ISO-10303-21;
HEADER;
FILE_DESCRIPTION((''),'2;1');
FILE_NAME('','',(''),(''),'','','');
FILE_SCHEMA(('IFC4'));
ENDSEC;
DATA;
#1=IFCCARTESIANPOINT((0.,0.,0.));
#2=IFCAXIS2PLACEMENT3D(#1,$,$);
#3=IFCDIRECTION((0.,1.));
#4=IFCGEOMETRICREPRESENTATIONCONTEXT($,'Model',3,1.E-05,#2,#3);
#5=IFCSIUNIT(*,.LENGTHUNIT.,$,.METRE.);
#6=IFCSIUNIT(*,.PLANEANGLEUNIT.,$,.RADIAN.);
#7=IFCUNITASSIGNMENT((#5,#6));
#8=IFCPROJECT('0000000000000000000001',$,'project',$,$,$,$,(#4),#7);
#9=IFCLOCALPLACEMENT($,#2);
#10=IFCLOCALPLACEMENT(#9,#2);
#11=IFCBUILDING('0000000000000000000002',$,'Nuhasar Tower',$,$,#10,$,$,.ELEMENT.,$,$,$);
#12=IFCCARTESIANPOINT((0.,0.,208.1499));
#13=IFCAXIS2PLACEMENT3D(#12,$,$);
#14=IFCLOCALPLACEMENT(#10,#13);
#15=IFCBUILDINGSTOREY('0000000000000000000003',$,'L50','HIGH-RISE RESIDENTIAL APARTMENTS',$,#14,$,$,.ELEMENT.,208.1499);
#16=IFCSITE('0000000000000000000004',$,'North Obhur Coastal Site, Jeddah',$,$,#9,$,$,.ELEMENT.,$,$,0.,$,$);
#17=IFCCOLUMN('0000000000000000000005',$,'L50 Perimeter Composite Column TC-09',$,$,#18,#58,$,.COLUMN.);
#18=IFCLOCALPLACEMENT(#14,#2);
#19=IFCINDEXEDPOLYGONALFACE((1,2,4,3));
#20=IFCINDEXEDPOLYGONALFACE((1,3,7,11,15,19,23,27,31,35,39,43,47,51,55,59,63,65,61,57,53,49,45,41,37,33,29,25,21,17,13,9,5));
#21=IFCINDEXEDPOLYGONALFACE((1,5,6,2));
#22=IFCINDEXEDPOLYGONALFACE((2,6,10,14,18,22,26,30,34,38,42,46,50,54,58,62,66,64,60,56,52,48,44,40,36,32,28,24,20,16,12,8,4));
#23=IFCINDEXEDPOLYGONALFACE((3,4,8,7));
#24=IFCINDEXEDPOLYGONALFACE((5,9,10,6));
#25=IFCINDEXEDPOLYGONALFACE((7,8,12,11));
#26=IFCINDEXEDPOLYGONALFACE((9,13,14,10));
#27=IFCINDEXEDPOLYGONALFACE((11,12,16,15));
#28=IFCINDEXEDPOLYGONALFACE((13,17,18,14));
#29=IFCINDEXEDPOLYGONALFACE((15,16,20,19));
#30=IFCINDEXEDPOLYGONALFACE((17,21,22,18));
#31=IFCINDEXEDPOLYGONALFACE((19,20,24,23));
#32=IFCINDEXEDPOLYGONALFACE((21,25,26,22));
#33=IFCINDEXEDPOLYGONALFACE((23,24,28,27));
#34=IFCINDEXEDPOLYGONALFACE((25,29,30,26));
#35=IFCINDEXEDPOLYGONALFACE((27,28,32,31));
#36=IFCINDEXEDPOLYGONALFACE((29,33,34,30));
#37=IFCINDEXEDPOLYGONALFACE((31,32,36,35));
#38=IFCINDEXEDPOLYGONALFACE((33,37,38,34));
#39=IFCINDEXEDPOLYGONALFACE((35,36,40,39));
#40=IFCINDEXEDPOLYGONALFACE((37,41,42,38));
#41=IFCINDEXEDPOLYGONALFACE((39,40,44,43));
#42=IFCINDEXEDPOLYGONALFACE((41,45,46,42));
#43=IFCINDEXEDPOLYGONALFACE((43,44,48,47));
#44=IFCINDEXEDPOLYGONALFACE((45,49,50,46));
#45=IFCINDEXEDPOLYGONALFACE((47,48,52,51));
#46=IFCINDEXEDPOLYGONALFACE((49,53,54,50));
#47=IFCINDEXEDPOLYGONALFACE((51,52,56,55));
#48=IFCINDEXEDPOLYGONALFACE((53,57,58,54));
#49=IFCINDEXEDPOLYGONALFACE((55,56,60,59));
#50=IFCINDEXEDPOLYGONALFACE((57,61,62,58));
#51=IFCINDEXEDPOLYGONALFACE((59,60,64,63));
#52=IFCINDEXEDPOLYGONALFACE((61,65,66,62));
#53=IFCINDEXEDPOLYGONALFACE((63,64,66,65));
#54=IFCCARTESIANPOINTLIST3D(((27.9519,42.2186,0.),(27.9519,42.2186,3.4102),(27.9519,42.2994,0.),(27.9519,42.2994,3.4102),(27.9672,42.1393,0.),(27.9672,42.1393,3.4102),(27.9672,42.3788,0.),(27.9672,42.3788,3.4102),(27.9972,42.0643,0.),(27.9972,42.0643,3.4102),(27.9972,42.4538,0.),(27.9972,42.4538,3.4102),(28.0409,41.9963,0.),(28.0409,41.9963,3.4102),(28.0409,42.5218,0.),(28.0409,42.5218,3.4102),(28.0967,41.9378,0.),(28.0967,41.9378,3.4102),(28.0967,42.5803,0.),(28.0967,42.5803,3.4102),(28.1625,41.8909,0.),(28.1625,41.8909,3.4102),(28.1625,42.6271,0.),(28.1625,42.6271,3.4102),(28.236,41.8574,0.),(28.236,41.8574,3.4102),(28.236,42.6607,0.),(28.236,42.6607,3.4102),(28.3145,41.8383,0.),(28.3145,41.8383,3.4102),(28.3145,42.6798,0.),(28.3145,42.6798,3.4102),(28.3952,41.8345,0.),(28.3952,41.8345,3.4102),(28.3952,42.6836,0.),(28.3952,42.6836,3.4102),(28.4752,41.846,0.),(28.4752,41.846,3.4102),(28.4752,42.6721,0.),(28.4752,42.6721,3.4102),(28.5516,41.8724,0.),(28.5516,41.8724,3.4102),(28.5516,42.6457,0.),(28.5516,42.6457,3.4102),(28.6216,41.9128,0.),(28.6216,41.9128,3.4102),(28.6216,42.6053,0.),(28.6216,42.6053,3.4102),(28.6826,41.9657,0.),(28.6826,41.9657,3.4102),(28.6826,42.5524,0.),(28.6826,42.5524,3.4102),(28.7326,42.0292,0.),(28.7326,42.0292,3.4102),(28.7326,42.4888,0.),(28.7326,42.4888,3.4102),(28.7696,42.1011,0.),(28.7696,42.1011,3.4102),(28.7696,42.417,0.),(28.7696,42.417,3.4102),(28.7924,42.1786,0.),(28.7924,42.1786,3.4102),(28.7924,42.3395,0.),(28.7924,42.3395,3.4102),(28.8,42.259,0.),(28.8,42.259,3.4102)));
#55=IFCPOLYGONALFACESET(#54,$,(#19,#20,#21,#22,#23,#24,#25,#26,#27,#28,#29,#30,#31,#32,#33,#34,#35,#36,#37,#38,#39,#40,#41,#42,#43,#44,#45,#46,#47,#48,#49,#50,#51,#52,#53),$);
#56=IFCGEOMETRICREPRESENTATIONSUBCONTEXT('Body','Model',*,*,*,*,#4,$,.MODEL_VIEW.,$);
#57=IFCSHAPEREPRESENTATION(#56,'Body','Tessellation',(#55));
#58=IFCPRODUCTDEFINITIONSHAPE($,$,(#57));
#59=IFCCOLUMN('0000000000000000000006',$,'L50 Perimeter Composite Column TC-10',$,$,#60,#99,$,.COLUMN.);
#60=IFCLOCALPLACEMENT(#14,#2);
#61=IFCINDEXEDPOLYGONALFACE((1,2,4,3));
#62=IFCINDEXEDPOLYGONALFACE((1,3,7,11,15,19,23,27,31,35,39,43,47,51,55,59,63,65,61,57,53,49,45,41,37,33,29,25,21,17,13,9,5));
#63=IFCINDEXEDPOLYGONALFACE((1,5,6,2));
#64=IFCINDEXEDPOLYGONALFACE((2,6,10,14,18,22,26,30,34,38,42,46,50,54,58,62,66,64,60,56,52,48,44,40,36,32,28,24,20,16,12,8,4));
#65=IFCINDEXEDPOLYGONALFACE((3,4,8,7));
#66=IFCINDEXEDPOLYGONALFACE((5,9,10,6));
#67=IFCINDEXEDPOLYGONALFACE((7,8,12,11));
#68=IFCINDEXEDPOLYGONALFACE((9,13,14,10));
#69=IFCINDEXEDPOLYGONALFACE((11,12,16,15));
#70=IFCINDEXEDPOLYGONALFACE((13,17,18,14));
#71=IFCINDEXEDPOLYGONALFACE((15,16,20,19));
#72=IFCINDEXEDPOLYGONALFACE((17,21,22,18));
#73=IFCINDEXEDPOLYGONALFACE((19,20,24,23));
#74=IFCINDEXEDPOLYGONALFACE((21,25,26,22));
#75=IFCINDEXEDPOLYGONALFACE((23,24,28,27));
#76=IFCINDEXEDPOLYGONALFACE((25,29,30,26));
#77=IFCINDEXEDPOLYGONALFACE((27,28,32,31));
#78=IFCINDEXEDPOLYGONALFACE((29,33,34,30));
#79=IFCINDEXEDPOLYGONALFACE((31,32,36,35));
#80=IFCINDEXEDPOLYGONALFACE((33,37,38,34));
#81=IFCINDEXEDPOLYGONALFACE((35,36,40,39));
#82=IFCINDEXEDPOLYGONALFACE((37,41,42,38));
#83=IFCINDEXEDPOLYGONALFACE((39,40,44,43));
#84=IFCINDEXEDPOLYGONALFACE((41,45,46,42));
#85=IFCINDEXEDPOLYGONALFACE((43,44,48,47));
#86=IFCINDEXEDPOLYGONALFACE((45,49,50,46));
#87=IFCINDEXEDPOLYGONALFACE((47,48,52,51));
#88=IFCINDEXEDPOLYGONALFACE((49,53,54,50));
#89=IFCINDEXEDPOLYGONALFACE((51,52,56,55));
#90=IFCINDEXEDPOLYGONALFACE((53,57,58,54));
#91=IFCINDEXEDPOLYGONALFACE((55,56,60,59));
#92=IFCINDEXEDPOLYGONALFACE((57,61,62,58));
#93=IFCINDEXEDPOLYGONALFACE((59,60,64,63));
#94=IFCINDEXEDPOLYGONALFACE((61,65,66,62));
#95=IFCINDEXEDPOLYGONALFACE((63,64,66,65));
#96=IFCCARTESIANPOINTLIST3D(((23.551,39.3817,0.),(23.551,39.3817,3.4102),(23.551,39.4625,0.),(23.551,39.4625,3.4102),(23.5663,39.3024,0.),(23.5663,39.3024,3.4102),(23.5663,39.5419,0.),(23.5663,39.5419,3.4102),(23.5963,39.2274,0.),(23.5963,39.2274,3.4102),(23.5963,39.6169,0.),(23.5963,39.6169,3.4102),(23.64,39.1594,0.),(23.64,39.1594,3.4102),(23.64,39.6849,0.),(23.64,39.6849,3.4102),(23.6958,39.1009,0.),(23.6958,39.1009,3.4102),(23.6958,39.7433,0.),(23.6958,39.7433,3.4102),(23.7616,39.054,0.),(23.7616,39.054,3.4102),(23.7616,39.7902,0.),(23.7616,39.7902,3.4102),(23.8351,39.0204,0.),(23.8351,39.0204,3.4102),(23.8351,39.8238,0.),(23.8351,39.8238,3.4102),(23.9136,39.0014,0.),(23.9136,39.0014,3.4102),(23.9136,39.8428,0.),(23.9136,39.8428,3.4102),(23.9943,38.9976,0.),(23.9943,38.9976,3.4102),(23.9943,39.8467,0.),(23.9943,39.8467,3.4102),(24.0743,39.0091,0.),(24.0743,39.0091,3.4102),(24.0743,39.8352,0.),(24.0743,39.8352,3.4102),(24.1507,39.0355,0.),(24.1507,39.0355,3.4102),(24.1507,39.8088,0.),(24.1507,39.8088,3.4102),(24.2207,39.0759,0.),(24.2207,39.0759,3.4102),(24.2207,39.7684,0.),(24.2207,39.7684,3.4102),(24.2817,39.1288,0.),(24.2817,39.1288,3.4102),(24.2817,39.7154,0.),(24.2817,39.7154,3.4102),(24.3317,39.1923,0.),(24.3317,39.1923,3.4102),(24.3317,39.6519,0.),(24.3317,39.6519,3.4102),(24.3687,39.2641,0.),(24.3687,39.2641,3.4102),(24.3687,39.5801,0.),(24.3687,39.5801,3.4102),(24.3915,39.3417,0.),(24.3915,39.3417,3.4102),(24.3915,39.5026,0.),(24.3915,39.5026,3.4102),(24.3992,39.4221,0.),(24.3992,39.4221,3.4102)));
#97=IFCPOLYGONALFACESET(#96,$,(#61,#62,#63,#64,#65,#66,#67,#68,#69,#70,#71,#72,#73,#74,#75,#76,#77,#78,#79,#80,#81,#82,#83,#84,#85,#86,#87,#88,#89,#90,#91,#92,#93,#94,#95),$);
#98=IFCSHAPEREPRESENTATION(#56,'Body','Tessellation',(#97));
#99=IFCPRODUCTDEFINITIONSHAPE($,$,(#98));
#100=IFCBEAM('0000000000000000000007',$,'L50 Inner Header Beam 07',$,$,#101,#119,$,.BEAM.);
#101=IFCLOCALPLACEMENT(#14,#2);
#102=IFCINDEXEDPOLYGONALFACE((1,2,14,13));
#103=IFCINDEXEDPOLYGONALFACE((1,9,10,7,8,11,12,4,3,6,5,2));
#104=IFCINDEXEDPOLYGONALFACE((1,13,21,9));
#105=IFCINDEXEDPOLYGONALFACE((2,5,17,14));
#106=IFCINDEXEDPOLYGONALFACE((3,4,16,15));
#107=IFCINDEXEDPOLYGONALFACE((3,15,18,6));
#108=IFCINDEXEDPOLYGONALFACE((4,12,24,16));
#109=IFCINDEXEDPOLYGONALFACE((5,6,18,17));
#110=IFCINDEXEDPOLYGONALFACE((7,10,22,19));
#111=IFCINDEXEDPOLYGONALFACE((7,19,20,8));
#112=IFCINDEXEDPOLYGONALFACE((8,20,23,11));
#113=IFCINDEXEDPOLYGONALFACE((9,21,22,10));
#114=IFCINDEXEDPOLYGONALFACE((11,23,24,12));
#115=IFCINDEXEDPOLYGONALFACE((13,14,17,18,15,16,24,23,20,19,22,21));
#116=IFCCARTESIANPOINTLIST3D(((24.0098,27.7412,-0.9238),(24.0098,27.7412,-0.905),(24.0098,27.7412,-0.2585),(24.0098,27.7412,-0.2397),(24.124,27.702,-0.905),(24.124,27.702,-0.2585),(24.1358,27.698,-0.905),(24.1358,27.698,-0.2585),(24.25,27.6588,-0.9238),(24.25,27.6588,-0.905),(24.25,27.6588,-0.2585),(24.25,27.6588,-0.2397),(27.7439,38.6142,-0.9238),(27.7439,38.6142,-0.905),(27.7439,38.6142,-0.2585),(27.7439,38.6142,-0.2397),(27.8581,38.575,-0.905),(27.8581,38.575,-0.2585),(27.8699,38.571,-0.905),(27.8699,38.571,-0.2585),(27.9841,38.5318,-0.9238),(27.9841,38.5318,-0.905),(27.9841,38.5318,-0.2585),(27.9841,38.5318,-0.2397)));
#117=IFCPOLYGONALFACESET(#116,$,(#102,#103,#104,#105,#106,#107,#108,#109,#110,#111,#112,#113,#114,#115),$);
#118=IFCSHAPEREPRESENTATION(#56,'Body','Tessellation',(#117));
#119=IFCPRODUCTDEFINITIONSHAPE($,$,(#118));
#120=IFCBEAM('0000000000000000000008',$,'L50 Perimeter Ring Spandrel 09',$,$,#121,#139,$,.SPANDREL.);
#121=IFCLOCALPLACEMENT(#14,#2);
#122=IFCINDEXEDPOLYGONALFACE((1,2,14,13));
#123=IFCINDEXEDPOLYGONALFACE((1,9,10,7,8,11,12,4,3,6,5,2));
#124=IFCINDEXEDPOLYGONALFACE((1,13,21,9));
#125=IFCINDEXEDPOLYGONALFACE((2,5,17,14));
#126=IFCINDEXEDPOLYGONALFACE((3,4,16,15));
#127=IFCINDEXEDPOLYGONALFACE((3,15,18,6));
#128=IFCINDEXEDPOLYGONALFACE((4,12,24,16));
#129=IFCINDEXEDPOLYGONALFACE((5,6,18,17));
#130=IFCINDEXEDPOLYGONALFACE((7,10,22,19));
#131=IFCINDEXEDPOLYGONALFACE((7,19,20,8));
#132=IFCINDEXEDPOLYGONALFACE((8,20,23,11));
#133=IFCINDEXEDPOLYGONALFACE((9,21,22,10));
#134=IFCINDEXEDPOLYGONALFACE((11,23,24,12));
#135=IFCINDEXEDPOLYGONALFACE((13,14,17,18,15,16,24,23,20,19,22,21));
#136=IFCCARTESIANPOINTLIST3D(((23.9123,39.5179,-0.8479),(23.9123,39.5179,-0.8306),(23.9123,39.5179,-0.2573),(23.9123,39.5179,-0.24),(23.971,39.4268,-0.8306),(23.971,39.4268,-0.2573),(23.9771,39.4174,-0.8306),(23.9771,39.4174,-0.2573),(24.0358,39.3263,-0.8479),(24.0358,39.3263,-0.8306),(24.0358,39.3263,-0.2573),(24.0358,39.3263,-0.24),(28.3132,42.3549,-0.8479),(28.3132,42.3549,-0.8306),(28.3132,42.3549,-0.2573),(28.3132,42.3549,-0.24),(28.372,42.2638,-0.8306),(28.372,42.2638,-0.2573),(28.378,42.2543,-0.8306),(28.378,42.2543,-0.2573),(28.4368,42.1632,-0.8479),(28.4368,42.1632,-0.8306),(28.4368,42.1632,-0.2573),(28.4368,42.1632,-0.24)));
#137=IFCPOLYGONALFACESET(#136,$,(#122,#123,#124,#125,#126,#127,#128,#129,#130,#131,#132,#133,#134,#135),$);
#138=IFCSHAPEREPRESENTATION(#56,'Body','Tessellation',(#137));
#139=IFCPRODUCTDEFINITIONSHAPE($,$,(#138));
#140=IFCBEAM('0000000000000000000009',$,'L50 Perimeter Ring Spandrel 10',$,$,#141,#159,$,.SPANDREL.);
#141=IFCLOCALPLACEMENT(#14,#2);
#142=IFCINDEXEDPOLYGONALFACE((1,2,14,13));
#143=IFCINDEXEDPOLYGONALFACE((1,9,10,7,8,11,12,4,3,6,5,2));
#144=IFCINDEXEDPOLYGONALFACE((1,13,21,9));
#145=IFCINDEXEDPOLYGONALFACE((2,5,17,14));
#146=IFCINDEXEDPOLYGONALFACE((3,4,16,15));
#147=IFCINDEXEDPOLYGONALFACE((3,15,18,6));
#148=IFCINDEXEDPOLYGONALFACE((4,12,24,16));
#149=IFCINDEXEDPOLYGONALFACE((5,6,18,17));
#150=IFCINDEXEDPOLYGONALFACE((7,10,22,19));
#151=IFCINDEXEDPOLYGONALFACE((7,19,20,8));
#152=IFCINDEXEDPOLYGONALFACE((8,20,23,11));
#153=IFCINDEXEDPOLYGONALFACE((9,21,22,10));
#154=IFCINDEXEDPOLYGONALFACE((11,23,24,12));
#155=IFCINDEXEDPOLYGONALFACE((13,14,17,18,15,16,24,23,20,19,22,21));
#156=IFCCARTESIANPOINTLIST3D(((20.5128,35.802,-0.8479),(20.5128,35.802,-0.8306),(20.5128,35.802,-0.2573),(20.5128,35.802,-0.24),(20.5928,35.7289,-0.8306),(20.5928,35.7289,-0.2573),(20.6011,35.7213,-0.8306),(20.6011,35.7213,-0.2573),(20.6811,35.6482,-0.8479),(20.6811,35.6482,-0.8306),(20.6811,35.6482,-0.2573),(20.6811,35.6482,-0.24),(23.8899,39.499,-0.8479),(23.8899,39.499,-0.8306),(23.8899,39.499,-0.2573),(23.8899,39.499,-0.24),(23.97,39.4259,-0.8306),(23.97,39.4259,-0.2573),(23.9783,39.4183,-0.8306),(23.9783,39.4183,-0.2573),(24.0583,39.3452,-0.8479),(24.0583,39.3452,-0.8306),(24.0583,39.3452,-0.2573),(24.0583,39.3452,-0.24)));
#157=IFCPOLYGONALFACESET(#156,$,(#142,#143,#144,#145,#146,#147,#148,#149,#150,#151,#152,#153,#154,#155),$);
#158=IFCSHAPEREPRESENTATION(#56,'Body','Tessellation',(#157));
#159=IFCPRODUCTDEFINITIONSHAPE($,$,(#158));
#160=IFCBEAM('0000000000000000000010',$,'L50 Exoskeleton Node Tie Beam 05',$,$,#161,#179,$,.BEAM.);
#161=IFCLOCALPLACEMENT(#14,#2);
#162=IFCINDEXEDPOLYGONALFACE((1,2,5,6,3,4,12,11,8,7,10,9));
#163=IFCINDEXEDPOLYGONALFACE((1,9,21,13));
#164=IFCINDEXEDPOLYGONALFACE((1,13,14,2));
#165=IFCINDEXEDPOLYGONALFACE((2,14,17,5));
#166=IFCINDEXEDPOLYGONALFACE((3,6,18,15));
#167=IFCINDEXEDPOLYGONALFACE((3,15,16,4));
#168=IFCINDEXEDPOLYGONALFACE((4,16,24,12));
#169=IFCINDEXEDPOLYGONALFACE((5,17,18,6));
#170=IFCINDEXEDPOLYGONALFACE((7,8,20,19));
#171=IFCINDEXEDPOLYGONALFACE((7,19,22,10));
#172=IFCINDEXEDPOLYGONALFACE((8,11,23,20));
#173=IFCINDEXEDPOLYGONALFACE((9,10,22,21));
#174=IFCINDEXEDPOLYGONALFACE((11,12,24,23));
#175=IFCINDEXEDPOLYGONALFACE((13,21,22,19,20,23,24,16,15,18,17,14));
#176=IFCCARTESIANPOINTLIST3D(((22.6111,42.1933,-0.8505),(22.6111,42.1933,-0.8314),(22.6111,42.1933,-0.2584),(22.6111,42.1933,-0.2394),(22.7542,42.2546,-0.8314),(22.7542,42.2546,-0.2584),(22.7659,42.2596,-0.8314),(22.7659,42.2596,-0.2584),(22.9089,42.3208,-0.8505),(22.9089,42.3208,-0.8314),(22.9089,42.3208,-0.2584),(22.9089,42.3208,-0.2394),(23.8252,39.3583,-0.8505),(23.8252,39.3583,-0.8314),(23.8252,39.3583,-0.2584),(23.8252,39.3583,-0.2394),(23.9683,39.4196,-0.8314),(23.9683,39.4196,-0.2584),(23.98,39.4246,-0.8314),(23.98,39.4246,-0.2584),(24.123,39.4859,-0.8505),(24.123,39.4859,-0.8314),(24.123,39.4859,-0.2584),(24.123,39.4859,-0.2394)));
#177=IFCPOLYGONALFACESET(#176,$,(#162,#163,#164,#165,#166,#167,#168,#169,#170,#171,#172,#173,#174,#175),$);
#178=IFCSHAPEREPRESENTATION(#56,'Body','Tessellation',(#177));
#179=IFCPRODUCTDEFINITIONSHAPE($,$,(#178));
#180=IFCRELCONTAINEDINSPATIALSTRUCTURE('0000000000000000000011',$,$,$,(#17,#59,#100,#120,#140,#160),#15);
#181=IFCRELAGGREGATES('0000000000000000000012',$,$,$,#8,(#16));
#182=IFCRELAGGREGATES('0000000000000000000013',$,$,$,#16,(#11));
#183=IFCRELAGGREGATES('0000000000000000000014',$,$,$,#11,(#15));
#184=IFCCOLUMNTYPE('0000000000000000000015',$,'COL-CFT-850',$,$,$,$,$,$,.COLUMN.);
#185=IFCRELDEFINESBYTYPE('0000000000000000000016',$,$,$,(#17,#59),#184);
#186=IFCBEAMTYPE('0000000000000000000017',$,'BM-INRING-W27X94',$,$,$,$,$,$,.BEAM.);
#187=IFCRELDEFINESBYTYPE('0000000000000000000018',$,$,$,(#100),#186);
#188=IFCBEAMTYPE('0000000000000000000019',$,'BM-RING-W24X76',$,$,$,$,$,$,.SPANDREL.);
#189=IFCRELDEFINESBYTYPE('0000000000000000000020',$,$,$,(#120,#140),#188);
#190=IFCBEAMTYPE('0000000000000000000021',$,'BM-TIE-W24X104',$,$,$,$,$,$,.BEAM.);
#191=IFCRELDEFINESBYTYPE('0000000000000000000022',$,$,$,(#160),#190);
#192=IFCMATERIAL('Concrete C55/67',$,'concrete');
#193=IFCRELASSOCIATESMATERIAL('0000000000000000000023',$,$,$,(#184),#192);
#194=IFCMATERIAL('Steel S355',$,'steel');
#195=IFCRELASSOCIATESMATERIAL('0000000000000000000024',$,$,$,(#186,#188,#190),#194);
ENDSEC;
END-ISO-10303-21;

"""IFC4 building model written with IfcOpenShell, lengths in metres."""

from ifc_helpers import new_model, si_unit, direction, frame, origin, origin_2d, place, context, subcontext, project, spatial, circle, i_section, extrude, material, material_profile, profile_set, type_object, element, save


model = new_model("IFC4")

# Units and contexts
model_context = context("Model", 3, precision=1e-05, world=origin(), true_north=direction((0.0, 1.0)))
body_context = subcontext(model_context, "Body", "Model", "MODEL_VIEW")
ifc_project = project(units=[si_unit("LENGTHUNIT", "METRE"), si_unit("PLANEANGLEUNIT", "RADIAN")], contexts=[model_context])

# Site, building, storey
site_placement = place(None, origin())
site = spatial("IfcSite", under=ifc_project, at=site_placement, Name="North Obhur Coastal Site, Jeddah", CompositionType="ELEMENT", RefElevation=0.0)
building_placement = place(site_placement, origin())
building = spatial("IfcBuilding", under=site, at=building_placement, Name="Nuhasar Tower", CompositionType="ELEMENT")
storey_placement = place(building_placement, frame((0.0, 0.0, 208.1499)))
storey = spatial("IfcBuildingStorey", under=building, at=storey_placement, Name="L50", Description="HIGH-RISE RESIDENTIAL APARTMENTS", CompositionType="ELEMENT", Elevation=208.1499)

# Columns
ifc_material_1 = material(Name="Concrete C55/67", Category="concrete")
ifc_material_profile_1 = material_profile(ifc_material_1, circle(Radius=0.425, at=origin_2d()), Name="CFT850")
ifc_profile_set_1 = profile_set([ifc_material_profile_1], Name="Concrete C55/67")
column_type = type_object("IfcColumnType", Name="COL-CFT-850", PredefinedType="COLUMN", material=ifc_profile_set_1)
for number, where, z_axis, x_axis, name in (
    (1, (28.375, 42.259, 0.0), (0.0, 0.0, 1.0), (1.0, 0.0, 0.0), "L50 Perimeter Composite Column TC-09"),
    (2, (23.9741, 39.4221, 0.0), (0.0, 0.0, 1.0), (1.0, 0.0, 0.0), "L50 Perimeter Composite Column TC-10"),
):
    element("IfcColumn", number, at=place(storey_placement, frame(where, z_axis=z_axis, x_axis=x_axis)), inside=storey, type_object=column_type, Name=name, PredefinedType="COLUMN", context=body_context, shape_type="SweptSolid", body=[
        extrude(circle(Radius=0.425, at=origin_2d()), origin(), (0.0, 0.0, 1.0), 3.4102),
    ])

# Beams
ifc_material_2 = material(Name="Steel S355", Category="steel")
ifc_material_profile_2 = material_profile(ifc_material_2, i_section(OverallWidth=0.2539, OverallDepth=0.6841, WebThickness=0.0125, FlangeThickness=0.0188, at=origin_2d()), Name="W27X94")
ifc_profile_set_2 = profile_set([ifc_material_profile_2], Name="Steel S355")
beam_type_1 = type_object("IfcBeamType", Name="BM-INRING-W27X94", PredefinedType="BEAM", material=ifc_profile_set_2)
beam_1_placement = place(storey_placement, frame((27.864, 38.573, -0.5818), z_axis=(-0.324809, -0.94578, 0.0), x_axis=(0.94578, -0.324809, 0.0)))
element("IfcBeam", 3, at=beam_1_placement, inside=storey, type_object=beam_type_1, Name="L50 Inner Header Beam 07", PredefinedType="BEAM", context=body_context, shape_type="SweptSolid", body=[
    extrude(i_section(OverallWidth=0.2539, OverallDepth=0.6841, WebThickness=0.0125, FlangeThickness=0.0188, at=origin_2d()), origin(), (0.0, 0.0, 1.0), 11.4963),
])
ifc_material_profile_3 = material_profile(ifc_material_2, i_section(OverallWidth=0.228, OverallDepth=0.6079, WebThickness=0.0112, FlangeThickness=0.0173, at=origin_2d()), Name="W24X76")
ifc_profile_set_3 = profile_set([ifc_material_profile_3], Name="Steel S355")
beam_type_2 = type_object("IfcBeamType", Name="BM-RING-W24X76", PredefinedType="SPANDREL", material=ifc_profile_set_3)
beam_2_placement = place(storey_placement, frame((28.375, 42.259, -0.5439), z_axis=(-0.840502, -0.541808, 0.0), x_axis=(0.541808, -0.840502, 0.0)))
element("IfcBeam", 4, at=beam_2_placement, inside=storey, type_object=beam_type_2, Name="L50 Perimeter Ring Spandrel 09", PredefinedType="SPANDREL", context=body_context, shape_type="SweptSolid", body=[
    extrude(i_section(OverallWidth=0.228, OverallDepth=0.6079, WebThickness=0.0112, FlangeThickness=0.0173, at=origin_2d()), origin(), (0.0, 0.0, 1.0), 5.2361),
])
beam_3_placement = place(storey_placement, frame((23.9741, 39.4221, -0.5439), z_axis=(-0.67445, -0.738321, 0.0), x_axis=(0.738321, -0.67445, 0.0)))
element("IfcBeam", 5, at=beam_3_placement, inside=storey, type_object=beam_type_2, Name="L50 Perimeter Ring Spandrel 10", PredefinedType="SPANDREL", context=body_context, shape_type="SweptSolid", body=[
    extrude(i_section(OverallWidth=0.228, OverallDepth=0.6079, WebThickness=0.0112, FlangeThickness=0.0173, at=origin_2d()), origin(), (0.0, 0.0, 1.0), 5.0073),
])
ifc_material_profile_4 = material_profile(ifc_material_2, i_section(OverallWidth=0.324, OverallDepth=0.6111, WebThickness=0.0127, FlangeThickness=0.019, at=origin_2d()), Name="W24X104")
ifc_profile_set_4 = profile_set([ifc_material_profile_4], Name="Steel S355")
beam_type_3 = type_object("IfcBeamType", Name="BM-TIE-W24X104", PredefinedType="BEAM", material=ifc_profile_set_4)
beam_4_placement = place(storey_placement, frame((23.9741, 39.4221, -0.5449), z_axis=(-0.39368, 0.919247, 0.0), x_axis=(-0.919247, -0.39368, 0.0)))
element("IfcBeam", 6, at=beam_4_placement, inside=storey, type_object=beam_type_3, Name="L50 Exoskeleton Node Tie Beam 05", PredefinedType="BEAM", context=body_context, shape_type="SweptSolid", body=[
    extrude(i_section(OverallWidth=0.324, OverallDepth=0.6111, WebThickness=0.0127, FlangeThickness=0.019, at=origin_2d()), origin(), (0.0, 0.0, 1.0), 3.084),
])

save(model, "model.ifc")
